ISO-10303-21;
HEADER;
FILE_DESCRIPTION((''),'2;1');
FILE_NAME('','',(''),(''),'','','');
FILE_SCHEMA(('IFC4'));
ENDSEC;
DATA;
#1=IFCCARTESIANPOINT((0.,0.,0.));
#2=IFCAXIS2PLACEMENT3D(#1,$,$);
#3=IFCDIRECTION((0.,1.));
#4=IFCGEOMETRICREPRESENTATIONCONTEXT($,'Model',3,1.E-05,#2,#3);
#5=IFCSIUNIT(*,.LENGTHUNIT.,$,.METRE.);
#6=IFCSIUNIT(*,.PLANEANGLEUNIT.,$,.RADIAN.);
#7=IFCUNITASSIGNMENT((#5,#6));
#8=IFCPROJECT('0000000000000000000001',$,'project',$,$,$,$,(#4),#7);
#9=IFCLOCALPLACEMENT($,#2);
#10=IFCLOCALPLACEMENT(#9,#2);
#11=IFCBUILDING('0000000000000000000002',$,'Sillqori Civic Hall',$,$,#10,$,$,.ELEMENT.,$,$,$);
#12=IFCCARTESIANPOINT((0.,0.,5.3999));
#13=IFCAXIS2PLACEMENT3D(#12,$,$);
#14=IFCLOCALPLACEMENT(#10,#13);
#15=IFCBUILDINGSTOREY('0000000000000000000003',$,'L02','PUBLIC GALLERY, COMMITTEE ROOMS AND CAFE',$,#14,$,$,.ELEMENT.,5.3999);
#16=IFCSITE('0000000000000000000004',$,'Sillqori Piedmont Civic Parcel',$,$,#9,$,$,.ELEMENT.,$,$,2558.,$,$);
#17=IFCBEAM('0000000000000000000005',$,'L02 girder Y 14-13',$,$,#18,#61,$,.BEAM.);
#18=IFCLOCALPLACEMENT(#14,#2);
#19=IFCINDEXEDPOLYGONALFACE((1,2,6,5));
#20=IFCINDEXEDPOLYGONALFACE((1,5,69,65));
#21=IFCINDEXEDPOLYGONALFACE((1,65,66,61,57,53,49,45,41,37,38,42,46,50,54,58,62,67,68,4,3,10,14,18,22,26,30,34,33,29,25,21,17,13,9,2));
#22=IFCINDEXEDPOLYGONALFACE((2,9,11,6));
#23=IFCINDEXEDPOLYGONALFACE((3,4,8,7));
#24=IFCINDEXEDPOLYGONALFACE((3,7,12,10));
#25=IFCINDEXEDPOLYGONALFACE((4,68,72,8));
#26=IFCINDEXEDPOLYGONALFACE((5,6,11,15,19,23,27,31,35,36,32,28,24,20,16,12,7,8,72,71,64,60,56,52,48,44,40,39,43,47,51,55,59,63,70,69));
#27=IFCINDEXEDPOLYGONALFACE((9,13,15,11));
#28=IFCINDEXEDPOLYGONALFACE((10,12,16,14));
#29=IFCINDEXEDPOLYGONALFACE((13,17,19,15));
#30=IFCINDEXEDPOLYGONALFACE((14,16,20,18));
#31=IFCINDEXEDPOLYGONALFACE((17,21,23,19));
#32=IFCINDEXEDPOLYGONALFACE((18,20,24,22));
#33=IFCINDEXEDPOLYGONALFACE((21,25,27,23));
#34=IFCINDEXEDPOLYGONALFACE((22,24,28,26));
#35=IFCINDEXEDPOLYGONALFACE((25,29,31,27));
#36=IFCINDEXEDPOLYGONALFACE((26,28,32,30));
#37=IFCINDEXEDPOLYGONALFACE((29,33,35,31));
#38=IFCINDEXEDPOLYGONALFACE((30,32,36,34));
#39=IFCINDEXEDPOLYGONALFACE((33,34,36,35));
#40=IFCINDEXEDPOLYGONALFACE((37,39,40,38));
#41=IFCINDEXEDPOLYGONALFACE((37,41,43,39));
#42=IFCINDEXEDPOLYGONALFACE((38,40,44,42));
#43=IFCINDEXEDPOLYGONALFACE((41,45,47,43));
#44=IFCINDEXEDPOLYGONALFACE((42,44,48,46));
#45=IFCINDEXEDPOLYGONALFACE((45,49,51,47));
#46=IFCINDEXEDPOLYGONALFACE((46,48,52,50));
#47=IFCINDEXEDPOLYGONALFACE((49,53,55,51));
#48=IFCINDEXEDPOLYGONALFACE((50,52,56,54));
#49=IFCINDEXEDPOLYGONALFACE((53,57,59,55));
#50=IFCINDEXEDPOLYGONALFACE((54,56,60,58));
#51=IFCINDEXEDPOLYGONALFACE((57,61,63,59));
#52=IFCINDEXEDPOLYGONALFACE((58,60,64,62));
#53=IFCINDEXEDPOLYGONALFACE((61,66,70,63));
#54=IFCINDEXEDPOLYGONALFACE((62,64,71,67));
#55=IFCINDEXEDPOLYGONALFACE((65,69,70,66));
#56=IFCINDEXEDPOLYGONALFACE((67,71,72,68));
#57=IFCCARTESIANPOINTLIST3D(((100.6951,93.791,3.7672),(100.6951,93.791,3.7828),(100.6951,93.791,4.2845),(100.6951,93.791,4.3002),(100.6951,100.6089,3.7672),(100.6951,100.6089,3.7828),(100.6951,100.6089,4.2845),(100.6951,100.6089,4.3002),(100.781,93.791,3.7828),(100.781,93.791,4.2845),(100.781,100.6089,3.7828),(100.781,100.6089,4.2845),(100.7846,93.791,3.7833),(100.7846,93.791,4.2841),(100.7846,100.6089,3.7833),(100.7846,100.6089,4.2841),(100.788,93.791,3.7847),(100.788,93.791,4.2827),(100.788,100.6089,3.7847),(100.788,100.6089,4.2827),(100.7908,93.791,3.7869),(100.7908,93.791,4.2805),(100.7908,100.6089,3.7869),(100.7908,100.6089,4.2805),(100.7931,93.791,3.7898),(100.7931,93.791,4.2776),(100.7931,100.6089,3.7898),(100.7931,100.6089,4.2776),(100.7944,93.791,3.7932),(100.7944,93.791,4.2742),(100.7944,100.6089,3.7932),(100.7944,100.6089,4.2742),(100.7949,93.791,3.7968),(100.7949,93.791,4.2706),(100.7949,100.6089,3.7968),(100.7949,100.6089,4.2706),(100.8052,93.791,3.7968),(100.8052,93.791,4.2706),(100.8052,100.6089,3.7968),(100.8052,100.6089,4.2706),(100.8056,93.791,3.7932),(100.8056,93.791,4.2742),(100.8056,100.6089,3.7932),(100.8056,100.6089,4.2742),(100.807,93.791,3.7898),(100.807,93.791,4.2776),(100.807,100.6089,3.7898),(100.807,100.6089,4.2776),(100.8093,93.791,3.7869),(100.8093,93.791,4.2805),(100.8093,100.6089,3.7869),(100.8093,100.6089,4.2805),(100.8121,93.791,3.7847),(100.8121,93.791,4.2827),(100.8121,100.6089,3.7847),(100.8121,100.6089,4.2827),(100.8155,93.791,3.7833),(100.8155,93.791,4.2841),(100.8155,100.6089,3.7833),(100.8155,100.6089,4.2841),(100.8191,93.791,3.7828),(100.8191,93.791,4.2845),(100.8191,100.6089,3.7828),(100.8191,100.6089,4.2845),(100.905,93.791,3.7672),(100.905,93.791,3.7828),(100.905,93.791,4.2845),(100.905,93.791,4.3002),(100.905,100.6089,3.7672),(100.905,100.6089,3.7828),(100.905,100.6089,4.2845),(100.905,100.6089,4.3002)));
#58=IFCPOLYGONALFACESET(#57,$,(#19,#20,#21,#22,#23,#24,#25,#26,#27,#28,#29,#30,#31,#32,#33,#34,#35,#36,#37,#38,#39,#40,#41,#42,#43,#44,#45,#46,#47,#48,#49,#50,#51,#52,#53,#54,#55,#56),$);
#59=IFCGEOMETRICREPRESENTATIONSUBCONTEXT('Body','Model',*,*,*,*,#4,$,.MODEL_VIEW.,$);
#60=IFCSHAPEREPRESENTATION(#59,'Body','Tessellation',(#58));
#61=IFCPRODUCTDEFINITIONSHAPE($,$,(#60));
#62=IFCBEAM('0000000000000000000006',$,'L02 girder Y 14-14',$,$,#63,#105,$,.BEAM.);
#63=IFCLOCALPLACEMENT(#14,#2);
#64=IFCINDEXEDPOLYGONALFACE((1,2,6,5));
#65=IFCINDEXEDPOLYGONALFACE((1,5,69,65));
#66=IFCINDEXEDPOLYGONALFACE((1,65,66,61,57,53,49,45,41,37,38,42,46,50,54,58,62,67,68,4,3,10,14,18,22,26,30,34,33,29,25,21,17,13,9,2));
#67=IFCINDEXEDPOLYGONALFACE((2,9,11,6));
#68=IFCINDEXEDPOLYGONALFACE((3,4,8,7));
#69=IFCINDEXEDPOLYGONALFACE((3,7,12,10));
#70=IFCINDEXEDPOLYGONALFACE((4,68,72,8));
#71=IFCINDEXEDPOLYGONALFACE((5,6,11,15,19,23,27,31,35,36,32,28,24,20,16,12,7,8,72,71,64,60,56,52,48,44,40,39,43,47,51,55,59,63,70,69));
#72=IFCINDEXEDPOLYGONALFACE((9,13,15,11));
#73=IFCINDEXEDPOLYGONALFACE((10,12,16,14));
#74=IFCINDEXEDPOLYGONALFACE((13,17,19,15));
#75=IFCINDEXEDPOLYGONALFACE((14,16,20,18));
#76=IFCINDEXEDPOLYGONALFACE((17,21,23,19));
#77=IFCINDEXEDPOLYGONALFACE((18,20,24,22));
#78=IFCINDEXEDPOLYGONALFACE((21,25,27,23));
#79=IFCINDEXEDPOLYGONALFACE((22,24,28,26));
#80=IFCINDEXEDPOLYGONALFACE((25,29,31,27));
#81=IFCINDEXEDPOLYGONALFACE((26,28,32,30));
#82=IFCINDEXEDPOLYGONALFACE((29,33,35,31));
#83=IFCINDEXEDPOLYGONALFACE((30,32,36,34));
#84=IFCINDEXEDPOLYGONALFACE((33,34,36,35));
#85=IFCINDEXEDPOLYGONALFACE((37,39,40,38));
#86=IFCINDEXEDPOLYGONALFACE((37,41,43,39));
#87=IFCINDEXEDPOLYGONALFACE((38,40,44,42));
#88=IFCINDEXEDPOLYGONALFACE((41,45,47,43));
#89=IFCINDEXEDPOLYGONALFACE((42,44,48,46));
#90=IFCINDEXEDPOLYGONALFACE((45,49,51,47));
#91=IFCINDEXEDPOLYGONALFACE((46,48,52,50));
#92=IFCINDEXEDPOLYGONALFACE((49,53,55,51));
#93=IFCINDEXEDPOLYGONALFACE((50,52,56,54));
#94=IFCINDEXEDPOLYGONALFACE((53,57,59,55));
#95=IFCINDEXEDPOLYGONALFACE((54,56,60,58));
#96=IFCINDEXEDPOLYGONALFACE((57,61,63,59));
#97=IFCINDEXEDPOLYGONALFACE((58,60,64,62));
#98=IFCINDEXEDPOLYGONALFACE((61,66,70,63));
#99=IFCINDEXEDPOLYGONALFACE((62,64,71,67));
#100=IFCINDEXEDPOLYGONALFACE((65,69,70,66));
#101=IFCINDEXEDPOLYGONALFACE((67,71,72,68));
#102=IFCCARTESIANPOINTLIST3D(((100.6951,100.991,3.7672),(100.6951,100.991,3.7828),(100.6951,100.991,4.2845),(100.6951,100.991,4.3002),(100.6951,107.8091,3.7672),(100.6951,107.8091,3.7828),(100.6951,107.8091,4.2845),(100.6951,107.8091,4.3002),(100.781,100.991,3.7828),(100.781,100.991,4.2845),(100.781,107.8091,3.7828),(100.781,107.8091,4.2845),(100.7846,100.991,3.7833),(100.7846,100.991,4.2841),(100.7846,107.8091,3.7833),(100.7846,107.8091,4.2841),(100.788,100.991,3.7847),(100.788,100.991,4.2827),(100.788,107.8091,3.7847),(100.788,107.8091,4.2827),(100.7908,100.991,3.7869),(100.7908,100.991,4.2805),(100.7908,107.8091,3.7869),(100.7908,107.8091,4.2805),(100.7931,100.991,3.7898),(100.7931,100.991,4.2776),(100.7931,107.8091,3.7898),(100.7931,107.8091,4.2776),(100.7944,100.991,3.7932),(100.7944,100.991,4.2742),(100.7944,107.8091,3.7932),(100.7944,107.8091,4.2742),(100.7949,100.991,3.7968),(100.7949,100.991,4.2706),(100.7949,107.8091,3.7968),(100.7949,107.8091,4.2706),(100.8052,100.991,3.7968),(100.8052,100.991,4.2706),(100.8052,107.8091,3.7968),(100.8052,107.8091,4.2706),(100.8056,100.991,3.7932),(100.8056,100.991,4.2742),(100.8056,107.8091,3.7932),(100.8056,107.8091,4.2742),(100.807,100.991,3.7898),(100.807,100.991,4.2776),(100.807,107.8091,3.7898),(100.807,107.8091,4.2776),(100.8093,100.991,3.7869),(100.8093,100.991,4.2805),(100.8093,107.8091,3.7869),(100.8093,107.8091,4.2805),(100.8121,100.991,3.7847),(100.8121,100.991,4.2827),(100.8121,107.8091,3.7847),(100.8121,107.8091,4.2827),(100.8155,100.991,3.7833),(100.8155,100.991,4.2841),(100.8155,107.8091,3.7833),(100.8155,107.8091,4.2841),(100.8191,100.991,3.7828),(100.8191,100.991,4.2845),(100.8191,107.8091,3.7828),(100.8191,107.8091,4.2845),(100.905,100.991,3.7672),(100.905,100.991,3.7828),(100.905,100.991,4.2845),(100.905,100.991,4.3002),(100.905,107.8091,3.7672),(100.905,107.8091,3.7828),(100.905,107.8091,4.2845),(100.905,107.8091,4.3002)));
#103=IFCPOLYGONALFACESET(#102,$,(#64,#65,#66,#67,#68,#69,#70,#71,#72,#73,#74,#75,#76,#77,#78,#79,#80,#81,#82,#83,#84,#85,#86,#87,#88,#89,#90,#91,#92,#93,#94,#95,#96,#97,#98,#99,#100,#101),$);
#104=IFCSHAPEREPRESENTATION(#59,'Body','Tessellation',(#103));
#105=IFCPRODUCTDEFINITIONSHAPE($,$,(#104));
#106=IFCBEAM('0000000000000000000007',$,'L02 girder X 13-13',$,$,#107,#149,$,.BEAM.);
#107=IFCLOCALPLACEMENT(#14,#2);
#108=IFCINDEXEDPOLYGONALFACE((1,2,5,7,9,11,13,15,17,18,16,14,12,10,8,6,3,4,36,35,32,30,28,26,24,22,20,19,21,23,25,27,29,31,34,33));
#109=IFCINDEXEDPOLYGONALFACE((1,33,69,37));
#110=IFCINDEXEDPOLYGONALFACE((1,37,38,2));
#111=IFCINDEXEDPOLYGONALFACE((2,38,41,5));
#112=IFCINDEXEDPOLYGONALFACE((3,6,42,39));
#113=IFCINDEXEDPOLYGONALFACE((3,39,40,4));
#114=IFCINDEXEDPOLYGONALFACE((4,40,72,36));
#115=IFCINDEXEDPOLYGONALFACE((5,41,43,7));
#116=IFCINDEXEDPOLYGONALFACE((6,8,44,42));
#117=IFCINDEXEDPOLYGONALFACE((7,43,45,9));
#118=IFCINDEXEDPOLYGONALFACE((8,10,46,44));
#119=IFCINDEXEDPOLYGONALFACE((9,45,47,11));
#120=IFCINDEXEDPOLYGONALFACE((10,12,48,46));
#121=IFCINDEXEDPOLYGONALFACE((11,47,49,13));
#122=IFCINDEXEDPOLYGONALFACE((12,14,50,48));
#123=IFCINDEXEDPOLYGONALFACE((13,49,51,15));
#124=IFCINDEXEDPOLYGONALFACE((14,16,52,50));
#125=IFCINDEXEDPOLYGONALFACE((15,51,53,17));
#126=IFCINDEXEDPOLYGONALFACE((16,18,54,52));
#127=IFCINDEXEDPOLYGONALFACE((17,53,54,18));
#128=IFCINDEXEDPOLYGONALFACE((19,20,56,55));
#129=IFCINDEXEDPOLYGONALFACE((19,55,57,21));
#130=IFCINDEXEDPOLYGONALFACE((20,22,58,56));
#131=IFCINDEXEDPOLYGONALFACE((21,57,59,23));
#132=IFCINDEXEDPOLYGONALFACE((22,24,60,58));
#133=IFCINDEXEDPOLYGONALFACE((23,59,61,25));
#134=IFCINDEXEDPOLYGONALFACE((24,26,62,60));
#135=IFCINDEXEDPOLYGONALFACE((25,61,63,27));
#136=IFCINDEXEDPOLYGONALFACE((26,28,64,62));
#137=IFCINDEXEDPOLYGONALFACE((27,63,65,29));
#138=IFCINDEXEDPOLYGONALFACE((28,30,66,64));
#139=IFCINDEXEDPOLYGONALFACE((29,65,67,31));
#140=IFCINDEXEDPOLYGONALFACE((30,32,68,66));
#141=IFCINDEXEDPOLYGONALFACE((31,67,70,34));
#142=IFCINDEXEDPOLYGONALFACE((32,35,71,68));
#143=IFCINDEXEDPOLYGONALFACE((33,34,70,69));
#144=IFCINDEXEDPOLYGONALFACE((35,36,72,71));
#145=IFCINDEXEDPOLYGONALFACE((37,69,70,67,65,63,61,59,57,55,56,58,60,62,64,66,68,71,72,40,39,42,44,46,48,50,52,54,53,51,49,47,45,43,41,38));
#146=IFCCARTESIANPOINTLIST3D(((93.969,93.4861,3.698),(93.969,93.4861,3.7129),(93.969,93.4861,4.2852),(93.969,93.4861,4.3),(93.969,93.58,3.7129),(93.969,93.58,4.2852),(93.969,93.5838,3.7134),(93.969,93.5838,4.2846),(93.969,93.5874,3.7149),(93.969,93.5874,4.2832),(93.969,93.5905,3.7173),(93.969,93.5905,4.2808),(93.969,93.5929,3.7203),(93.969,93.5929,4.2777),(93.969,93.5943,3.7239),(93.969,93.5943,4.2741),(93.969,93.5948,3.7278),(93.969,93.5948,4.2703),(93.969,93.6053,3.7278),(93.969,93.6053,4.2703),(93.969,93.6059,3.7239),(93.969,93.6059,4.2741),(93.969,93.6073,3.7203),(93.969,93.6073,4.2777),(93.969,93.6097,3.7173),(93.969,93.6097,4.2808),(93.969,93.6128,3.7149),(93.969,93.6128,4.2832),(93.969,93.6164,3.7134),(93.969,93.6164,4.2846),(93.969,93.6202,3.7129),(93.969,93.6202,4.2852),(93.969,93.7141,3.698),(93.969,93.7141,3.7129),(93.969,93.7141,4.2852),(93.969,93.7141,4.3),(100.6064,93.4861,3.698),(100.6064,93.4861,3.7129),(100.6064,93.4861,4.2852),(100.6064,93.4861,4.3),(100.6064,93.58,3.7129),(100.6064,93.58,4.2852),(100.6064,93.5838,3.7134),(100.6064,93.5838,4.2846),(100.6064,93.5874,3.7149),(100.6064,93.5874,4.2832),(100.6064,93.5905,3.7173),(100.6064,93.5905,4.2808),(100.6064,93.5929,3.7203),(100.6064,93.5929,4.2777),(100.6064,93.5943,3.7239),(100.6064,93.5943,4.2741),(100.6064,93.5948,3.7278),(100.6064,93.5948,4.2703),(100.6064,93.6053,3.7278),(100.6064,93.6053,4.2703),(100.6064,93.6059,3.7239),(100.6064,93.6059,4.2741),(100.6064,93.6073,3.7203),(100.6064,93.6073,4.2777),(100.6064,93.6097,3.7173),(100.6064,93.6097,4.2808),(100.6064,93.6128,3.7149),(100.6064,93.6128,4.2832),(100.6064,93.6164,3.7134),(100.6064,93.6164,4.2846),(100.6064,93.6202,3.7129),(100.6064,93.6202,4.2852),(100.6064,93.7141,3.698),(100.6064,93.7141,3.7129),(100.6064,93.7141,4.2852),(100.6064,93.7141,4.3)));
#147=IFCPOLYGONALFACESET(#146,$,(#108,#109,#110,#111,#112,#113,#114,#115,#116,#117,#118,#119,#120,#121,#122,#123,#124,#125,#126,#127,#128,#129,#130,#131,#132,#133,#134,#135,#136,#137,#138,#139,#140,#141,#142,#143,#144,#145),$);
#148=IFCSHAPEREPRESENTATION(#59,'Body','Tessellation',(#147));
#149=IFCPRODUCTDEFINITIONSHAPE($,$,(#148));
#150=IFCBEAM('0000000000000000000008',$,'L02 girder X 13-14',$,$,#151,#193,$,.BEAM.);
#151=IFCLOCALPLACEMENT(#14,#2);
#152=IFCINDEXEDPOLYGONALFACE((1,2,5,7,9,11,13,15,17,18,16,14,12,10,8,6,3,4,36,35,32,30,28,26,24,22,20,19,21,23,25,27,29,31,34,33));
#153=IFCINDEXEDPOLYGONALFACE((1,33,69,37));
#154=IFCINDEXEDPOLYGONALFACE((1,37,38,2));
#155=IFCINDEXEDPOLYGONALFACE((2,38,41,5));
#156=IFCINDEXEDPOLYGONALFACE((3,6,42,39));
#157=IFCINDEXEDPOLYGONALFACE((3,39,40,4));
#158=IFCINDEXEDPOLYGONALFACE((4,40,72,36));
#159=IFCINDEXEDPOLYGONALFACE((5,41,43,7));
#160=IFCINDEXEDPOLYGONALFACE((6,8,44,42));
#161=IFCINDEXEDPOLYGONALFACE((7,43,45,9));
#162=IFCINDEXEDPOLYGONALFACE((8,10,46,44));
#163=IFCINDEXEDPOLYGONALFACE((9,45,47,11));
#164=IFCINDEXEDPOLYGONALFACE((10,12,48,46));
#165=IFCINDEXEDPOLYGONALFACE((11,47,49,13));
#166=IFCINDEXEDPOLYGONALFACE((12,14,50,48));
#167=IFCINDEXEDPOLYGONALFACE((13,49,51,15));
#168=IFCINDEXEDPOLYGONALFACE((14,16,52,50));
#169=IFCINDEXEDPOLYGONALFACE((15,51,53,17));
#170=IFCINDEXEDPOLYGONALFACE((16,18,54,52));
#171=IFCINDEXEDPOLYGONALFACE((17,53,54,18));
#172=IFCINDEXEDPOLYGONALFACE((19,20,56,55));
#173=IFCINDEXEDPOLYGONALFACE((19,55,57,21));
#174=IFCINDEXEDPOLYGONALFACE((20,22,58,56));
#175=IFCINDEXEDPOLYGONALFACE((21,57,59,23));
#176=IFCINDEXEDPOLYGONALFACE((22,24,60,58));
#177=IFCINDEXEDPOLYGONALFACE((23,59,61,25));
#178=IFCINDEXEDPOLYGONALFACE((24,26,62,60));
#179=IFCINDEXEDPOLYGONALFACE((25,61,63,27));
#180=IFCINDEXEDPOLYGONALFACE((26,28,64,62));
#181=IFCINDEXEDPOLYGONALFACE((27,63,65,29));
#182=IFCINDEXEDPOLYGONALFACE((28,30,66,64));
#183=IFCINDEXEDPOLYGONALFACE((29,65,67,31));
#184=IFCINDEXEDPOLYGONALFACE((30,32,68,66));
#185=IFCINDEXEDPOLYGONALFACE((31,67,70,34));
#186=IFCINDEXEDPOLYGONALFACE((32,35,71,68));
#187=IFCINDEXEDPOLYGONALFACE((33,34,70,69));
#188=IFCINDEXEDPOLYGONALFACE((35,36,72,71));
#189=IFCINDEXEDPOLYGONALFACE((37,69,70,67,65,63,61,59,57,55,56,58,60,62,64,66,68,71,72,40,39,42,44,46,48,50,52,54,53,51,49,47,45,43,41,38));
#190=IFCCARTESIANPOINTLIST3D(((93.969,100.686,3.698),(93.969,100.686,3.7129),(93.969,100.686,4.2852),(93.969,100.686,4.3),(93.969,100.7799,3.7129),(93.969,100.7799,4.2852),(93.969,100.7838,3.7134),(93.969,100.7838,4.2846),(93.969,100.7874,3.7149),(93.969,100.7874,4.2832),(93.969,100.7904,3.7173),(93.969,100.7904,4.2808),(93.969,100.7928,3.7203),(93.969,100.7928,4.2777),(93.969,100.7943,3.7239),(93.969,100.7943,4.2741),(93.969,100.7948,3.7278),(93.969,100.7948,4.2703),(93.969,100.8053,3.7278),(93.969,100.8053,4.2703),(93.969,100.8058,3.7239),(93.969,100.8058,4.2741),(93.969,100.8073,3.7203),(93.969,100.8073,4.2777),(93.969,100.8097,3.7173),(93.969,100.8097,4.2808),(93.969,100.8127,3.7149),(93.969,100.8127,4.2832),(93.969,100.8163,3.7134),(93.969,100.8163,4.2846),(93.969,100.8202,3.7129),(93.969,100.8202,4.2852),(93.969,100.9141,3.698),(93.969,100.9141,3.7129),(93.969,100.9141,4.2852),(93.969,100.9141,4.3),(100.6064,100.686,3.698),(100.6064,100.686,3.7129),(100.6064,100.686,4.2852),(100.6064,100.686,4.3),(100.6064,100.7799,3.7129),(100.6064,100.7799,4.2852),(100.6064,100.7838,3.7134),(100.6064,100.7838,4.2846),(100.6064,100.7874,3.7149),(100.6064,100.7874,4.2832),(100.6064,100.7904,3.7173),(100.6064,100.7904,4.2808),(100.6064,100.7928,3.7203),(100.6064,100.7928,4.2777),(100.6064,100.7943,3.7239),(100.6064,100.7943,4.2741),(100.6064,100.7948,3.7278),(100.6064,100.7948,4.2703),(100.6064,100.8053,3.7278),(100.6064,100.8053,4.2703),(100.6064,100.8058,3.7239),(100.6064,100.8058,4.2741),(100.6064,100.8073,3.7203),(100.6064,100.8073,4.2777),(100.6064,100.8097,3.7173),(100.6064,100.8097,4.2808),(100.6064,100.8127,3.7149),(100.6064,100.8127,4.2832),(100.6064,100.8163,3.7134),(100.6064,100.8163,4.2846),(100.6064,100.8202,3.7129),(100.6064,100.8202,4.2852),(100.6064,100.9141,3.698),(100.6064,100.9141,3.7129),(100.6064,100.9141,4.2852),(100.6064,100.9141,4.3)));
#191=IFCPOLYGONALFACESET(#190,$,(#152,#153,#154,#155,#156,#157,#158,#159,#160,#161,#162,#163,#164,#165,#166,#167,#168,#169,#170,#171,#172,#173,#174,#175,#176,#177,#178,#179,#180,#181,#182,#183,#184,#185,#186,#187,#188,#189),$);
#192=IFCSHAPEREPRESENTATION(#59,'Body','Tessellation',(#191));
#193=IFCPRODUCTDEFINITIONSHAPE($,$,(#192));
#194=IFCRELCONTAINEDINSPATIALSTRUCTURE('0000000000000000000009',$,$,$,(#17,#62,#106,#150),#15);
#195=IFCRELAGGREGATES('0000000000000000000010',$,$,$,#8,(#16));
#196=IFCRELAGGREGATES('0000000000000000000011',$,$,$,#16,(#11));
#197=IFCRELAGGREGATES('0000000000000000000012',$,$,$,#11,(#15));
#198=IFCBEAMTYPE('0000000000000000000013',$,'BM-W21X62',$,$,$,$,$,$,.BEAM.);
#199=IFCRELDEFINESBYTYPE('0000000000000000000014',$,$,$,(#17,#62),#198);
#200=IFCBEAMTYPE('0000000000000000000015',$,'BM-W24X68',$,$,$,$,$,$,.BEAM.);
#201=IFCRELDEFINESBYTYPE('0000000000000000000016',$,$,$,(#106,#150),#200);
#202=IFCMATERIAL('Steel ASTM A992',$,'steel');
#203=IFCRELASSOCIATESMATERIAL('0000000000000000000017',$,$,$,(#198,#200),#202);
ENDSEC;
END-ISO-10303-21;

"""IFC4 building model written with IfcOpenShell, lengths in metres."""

from ifc_helpers import new_model, si_unit, direction, frame, origin, origin_2d, place, context, subcontext, project, spatial, i_section, extrude, material, material_profile, profile_set, type_object, element, save


model = new_model("IFC4")

# Units and contexts
model_context = context("Model", 3, precision=1e-05, world=origin(), true_north=direction((0.0, 1.0)))
body_context = subcontext(model_context, "Body", "Model", "MODEL_VIEW")
ifc_project = project(units=[si_unit("LENGTHUNIT", "METRE"), si_unit("PLANEANGLEUNIT", "RADIAN")], contexts=[model_context])

# Site, building, storey
site_placement = place(None, origin())
site = spatial("IfcSite", under=ifc_project, at=site_placement, Name="Sillqori Piedmont Civic Parcel", CompositionType="ELEMENT", RefElevation=2558.0)
building_placement = place(site_placement, origin())
building = spatial("IfcBuilding", under=site, at=building_placement, Name="Sillqori Civic Hall", CompositionType="ELEMENT")
storey_placement = place(building_placement, frame((0.0, 0.0, 5.3999)))
storey = spatial("IfcBuildingStorey", under=building, at=storey_placement, Name="L02", Description="PUBLIC GALLERY, COMMITTEE ROOMS AND CAFE", CompositionType="ELEMENT", Elevation=5.3999)

# Shared definitions
ifc_material_1 = material(Name="Steel ASTM A992", Category="steel")

# Beams
ifc_material_profile_1 = material_profile(ifc_material_1, i_section(OverallWidth=0.21, OverallDepth=0.533, WebThickness=0.0103, FlangeThickness=0.0156, FilletRadius=0.0139, at=origin_2d()), Name="W21X62")
ifc_profile_set_1 = profile_set([ifc_material_profile_1], Name="Steel ASTM A992")
beam_type_1 = type_object("IfcBeamType", Name="BM-W21X62", PredefinedType="BEAM", material=ifc_profile_set_1)
beam_1_placement = place(storey_placement, frame((100.8, 93.791, 4.0337), z_axis=(0.0, 1.0, 0.0), x_axis=(-1.0, 0.0, 0.0)))
element("IfcBeam", 1, at=beam_1_placement, inside=storey, type_object=beam_type_1, Name="L02 girder Y 14-13", PredefinedType="BEAM", context=body_context, shape_type="SweptSolid", body=[
    extrude(i_section(OverallWidth=0.21, OverallDepth=0.533, WebThickness=0.0103, FlangeThickness=0.0156, FilletRadius=0.0139, at=origin_2d()), origin(), (0.0, 0.0, 1.0), 6.8179),
])
beam_2_placement = place(storey_placement, frame((100.8, 100.991, 4.0337), z_axis=(0.0, 1.0, 0.0), x_axis=(-1.0, 0.0, 0.0)))
element("IfcBeam", 2, at=beam_2_placement, inside=storey, type_object=beam_type_1, Name="L02 girder Y 14-14", PredefinedType="BEAM", context=body_context, shape_type="SweptSolid", body=[
    extrude(i_section(OverallWidth=0.21, OverallDepth=0.533, WebThickness=0.0103, FlangeThickness=0.0156, FilletRadius=0.0139, at=origin_2d()), origin(), (0.0, 0.0, 1.0), 6.8181),
])
ifc_material_profile_2 = material_profile(ifc_material_1, i_section(OverallWidth=0.228, OverallDepth=0.6021, WebThickness=0.0105, FlangeThickness=0.0149, FilletRadius=0.0149, at=origin_2d()), Name="W24X68")
ifc_profile_set_2 = profile_set([ifc_material_profile_2], Name="Steel ASTM A992")
beam_type_2 = type_object("IfcBeamType", Name="BM-W24X68", PredefinedType="BEAM", material=ifc_profile_set_2)
for number, where, z_axis, x_axis, name in (
    (3, (93.969, 93.6001, 3.999), (1.0, 0.0, 0.0), (0.0, 1.0, 0.0), "L02 girder X 13-13"),
    (4, (93.969, 100.8, 3.999), (1.0, 0.0, 0.0), (0.0, 1.0, 0.0), "L02 girder X 13-14"),
):
    element("IfcBeam", number, at=place(storey_placement, frame(where, z_axis=z_axis, x_axis=x_axis)), inside=storey, type_object=beam_type_2, Name=name, PredefinedType="BEAM", context=body_context, shape_type="SweptSolid", body=[
        extrude(i_section(OverallWidth=0.228, OverallDepth=0.6021, WebThickness=0.0105, FlangeThickness=0.0149, FilletRadius=0.0149, at=origin_2d()), origin(), (0.0, 0.0, 1.0), 6.6375),
    ])

save(model, "model.ifc")
